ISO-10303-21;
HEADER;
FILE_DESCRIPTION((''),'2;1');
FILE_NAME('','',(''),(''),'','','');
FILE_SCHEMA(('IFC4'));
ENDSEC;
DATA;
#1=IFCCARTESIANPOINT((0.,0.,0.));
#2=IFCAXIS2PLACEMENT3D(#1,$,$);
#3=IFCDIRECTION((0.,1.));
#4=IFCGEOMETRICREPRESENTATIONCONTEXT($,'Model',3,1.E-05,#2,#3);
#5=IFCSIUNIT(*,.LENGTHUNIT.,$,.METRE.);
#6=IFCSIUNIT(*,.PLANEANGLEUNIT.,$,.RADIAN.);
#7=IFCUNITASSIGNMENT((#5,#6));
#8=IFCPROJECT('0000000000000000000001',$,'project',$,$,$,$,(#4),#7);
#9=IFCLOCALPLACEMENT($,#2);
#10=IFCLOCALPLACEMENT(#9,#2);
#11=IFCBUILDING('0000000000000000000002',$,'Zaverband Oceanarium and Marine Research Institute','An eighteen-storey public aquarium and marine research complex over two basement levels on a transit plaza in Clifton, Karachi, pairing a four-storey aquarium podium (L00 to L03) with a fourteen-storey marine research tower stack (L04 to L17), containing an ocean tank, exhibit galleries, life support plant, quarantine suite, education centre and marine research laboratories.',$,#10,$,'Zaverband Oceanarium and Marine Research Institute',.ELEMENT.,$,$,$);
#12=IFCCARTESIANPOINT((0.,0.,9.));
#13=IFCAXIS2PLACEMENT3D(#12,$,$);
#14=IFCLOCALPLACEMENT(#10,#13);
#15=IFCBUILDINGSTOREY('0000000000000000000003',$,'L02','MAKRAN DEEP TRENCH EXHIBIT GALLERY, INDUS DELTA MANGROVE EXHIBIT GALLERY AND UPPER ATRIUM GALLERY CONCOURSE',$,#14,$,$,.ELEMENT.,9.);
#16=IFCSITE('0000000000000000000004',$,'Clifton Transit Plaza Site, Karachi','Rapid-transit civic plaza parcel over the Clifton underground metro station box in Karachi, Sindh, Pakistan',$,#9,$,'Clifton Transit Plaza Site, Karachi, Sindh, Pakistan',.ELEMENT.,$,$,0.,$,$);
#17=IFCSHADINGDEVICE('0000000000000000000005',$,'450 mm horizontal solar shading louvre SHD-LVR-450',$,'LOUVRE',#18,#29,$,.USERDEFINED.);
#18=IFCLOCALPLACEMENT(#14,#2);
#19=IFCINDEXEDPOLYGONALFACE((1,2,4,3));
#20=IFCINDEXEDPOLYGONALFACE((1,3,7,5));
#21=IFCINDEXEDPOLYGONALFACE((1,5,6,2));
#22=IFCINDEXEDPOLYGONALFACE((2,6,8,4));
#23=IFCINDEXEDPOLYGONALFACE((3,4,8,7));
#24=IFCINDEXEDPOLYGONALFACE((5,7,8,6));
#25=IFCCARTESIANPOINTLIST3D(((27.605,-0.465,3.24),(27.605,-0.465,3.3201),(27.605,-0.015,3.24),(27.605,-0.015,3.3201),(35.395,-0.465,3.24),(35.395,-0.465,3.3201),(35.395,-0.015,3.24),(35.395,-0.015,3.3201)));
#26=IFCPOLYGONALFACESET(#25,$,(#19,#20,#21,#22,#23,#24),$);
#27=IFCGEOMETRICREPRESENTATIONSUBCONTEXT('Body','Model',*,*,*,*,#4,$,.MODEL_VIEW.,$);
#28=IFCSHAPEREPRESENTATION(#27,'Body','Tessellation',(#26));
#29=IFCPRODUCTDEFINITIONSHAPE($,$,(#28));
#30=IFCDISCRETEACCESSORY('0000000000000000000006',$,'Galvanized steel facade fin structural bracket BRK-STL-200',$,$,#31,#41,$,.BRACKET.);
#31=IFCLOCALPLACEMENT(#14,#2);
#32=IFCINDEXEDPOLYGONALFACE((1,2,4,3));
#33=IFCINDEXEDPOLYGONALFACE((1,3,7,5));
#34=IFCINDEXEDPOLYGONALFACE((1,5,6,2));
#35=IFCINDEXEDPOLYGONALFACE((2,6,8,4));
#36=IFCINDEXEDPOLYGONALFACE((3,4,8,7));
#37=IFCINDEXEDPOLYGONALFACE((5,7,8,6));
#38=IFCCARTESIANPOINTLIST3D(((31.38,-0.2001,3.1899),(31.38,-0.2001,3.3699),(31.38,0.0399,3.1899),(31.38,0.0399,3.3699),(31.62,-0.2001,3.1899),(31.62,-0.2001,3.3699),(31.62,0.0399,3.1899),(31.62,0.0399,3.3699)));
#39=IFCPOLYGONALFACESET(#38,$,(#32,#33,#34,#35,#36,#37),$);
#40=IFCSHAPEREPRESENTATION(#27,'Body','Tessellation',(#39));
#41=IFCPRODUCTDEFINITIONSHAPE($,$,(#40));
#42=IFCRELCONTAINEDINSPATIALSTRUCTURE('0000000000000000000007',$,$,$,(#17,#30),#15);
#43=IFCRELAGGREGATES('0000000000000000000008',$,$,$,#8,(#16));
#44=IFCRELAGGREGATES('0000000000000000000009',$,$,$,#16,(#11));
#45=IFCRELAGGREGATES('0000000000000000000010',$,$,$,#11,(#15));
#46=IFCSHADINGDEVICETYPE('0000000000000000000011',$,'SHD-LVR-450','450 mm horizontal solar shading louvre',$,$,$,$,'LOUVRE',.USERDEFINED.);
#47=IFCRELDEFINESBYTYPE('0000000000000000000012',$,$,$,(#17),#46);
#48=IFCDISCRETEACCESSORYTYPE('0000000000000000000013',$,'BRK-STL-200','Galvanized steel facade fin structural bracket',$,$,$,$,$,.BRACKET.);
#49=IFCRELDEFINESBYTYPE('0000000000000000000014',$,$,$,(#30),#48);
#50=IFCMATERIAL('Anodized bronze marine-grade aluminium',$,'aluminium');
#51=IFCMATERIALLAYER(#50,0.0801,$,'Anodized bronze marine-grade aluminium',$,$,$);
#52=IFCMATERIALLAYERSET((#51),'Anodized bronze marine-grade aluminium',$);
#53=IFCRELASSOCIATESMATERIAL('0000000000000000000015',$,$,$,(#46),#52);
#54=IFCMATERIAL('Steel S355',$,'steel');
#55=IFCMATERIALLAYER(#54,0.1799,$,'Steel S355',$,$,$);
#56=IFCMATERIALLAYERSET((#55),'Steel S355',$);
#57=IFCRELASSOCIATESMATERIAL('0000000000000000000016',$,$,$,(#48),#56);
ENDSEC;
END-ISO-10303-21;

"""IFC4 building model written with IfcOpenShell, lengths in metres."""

from ifc_helpers import new_model, si_unit, direction, frame, frame_2d, origin, origin_2d, place, context, subcontext, project, spatial, rectangle, extrude, material, layer, layer_set, type_object, element, save


model = new_model("IFC4")

# Units and contexts
model_context = context("Model", 3, precision=1e-05, world=origin(), true_north=direction((0.0, 1.0)))
body_context = subcontext(model_context, "Body", "Model", "MODEL_VIEW")
ifc_project = project(units=[si_unit("LENGTHUNIT", "METRE"), si_unit("PLANEANGLEUNIT", "RADIAN")], contexts=[model_context])

# Site, building, storey
site_placement = place(None, origin())
site = spatial("IfcSite", under=ifc_project, at=site_placement, Name="Clifton Transit Plaza Site, Karachi", Description="Rapid-transit civic plaza parcel over the Clifton underground metro station box in Karachi, Sindh, Pakistan", LongName="Clifton Transit Plaza Site, Karachi, Sindh, Pakistan", CompositionType="ELEMENT", RefElevation=0.0)
building_placement = place(site_placement, origin())
building = spatial("IfcBuilding", under=site, at=building_placement, Name="Zaverband Oceanarium and Marine Research Institute", Description="An eighteen-storey public aquarium and marine research complex over two basement levels on a transit plaza in Clifton, Karachi, pairing a four-storey aquarium podium (L00 to L03) with a fourteen-storey marine research tower stack (L04 to L17), containing an ocean tank, exhibit galleries, life support plant, quarantine suite, education centre and marine research laboratories.", LongName="Zaverband Oceanarium and Marine Research Institute", CompositionType="ELEMENT")
storey_placement = place(building_placement, frame((0.0, 0.0, 9.0)))
storey = spatial("IfcBuildingStorey", under=building, at=storey_placement, Name="L02", Description="MAKRAN DEEP TRENCH EXHIBIT GALLERY, INDUS DELTA MANGROVE EXHIBIT GALLERY AND UPPER ATRIUM GALLERY CONCOURSE", CompositionType="ELEMENT", Elevation=9.0)

# Shading device
ifc_material_1 = material(Name="Anodized bronze marine-grade aluminium", Category="aluminium")
ifc_layer_1 = layer(ifc_material_1, 0.0801, Name="Anodized bronze marine-grade aluminium")
ifc_layer_set_1 = layer_set([ifc_layer_1], Name="Anodized bronze marine-grade aluminium")
shading_device_type = type_object("IfcShadingDeviceType", Name="SHD-LVR-450", Description="450 mm horizontal solar shading louvre", ElementType="LOUVRE", PredefinedType="USERDEFINED", material=ifc_layer_set_1)
shading_device_placement = place(storey_placement, frame((27.605, -0.24, 3.24), z_axis=(0.0, 0.0, 1.0), x_axis=(1.0, 0.0, 0.0)))
element("IfcShadingDevice", 1, at=shading_device_placement, inside=storey, type_object=shading_device_type, Name="450 mm horizontal solar shading louvre SHD-LVR-450", ObjectType="LOUVRE", PredefinedType="USERDEFINED", context=body_context, shape_type="SweptSolid", body=[
    extrude(rectangle(XDim=7.79, YDim=0.45, at=frame_2d((3.895, 0.0))), origin(), (0.0, 0.0, 1.0), 0.0801),
])

# Discrete accessory
ifc_material_2 = material(Name="Steel S355", Category="steel")
ifc_layer_2 = layer(ifc_material_2, 0.1799, Name="Steel S355")
ifc_layer_set_2 = layer_set([ifc_layer_2], Name="Steel S355")
discrete_accessory_type = type_object("IfcDiscreteAccessoryType", Name="BRK-STL-200", Description="Galvanized steel facade fin structural bracket", PredefinedType="BRACKET", material=ifc_layer_set_2)
discrete_accessory_placement = place(storey_placement, frame((31.5, -0.0801, 3.1899), z_axis=(0.0, 0.0, 1.0), x_axis=(1.0, 0.0, 0.0)))
element("IfcDiscreteAccessory", 2, at=discrete_accessory_placement, inside=storey, type_object=discrete_accessory_type, Name="Galvanized steel facade fin structural bracket BRK-STL-200", PredefinedType="BRACKET", context=body_context, shape_type="SweptSolid", body=[
    extrude(rectangle(XDim=0.24, YDim=0.24, at=origin_2d()), origin(), (0.0, 0.0, 1.0), 0.1799),
])

save(model, "model.ifc")
